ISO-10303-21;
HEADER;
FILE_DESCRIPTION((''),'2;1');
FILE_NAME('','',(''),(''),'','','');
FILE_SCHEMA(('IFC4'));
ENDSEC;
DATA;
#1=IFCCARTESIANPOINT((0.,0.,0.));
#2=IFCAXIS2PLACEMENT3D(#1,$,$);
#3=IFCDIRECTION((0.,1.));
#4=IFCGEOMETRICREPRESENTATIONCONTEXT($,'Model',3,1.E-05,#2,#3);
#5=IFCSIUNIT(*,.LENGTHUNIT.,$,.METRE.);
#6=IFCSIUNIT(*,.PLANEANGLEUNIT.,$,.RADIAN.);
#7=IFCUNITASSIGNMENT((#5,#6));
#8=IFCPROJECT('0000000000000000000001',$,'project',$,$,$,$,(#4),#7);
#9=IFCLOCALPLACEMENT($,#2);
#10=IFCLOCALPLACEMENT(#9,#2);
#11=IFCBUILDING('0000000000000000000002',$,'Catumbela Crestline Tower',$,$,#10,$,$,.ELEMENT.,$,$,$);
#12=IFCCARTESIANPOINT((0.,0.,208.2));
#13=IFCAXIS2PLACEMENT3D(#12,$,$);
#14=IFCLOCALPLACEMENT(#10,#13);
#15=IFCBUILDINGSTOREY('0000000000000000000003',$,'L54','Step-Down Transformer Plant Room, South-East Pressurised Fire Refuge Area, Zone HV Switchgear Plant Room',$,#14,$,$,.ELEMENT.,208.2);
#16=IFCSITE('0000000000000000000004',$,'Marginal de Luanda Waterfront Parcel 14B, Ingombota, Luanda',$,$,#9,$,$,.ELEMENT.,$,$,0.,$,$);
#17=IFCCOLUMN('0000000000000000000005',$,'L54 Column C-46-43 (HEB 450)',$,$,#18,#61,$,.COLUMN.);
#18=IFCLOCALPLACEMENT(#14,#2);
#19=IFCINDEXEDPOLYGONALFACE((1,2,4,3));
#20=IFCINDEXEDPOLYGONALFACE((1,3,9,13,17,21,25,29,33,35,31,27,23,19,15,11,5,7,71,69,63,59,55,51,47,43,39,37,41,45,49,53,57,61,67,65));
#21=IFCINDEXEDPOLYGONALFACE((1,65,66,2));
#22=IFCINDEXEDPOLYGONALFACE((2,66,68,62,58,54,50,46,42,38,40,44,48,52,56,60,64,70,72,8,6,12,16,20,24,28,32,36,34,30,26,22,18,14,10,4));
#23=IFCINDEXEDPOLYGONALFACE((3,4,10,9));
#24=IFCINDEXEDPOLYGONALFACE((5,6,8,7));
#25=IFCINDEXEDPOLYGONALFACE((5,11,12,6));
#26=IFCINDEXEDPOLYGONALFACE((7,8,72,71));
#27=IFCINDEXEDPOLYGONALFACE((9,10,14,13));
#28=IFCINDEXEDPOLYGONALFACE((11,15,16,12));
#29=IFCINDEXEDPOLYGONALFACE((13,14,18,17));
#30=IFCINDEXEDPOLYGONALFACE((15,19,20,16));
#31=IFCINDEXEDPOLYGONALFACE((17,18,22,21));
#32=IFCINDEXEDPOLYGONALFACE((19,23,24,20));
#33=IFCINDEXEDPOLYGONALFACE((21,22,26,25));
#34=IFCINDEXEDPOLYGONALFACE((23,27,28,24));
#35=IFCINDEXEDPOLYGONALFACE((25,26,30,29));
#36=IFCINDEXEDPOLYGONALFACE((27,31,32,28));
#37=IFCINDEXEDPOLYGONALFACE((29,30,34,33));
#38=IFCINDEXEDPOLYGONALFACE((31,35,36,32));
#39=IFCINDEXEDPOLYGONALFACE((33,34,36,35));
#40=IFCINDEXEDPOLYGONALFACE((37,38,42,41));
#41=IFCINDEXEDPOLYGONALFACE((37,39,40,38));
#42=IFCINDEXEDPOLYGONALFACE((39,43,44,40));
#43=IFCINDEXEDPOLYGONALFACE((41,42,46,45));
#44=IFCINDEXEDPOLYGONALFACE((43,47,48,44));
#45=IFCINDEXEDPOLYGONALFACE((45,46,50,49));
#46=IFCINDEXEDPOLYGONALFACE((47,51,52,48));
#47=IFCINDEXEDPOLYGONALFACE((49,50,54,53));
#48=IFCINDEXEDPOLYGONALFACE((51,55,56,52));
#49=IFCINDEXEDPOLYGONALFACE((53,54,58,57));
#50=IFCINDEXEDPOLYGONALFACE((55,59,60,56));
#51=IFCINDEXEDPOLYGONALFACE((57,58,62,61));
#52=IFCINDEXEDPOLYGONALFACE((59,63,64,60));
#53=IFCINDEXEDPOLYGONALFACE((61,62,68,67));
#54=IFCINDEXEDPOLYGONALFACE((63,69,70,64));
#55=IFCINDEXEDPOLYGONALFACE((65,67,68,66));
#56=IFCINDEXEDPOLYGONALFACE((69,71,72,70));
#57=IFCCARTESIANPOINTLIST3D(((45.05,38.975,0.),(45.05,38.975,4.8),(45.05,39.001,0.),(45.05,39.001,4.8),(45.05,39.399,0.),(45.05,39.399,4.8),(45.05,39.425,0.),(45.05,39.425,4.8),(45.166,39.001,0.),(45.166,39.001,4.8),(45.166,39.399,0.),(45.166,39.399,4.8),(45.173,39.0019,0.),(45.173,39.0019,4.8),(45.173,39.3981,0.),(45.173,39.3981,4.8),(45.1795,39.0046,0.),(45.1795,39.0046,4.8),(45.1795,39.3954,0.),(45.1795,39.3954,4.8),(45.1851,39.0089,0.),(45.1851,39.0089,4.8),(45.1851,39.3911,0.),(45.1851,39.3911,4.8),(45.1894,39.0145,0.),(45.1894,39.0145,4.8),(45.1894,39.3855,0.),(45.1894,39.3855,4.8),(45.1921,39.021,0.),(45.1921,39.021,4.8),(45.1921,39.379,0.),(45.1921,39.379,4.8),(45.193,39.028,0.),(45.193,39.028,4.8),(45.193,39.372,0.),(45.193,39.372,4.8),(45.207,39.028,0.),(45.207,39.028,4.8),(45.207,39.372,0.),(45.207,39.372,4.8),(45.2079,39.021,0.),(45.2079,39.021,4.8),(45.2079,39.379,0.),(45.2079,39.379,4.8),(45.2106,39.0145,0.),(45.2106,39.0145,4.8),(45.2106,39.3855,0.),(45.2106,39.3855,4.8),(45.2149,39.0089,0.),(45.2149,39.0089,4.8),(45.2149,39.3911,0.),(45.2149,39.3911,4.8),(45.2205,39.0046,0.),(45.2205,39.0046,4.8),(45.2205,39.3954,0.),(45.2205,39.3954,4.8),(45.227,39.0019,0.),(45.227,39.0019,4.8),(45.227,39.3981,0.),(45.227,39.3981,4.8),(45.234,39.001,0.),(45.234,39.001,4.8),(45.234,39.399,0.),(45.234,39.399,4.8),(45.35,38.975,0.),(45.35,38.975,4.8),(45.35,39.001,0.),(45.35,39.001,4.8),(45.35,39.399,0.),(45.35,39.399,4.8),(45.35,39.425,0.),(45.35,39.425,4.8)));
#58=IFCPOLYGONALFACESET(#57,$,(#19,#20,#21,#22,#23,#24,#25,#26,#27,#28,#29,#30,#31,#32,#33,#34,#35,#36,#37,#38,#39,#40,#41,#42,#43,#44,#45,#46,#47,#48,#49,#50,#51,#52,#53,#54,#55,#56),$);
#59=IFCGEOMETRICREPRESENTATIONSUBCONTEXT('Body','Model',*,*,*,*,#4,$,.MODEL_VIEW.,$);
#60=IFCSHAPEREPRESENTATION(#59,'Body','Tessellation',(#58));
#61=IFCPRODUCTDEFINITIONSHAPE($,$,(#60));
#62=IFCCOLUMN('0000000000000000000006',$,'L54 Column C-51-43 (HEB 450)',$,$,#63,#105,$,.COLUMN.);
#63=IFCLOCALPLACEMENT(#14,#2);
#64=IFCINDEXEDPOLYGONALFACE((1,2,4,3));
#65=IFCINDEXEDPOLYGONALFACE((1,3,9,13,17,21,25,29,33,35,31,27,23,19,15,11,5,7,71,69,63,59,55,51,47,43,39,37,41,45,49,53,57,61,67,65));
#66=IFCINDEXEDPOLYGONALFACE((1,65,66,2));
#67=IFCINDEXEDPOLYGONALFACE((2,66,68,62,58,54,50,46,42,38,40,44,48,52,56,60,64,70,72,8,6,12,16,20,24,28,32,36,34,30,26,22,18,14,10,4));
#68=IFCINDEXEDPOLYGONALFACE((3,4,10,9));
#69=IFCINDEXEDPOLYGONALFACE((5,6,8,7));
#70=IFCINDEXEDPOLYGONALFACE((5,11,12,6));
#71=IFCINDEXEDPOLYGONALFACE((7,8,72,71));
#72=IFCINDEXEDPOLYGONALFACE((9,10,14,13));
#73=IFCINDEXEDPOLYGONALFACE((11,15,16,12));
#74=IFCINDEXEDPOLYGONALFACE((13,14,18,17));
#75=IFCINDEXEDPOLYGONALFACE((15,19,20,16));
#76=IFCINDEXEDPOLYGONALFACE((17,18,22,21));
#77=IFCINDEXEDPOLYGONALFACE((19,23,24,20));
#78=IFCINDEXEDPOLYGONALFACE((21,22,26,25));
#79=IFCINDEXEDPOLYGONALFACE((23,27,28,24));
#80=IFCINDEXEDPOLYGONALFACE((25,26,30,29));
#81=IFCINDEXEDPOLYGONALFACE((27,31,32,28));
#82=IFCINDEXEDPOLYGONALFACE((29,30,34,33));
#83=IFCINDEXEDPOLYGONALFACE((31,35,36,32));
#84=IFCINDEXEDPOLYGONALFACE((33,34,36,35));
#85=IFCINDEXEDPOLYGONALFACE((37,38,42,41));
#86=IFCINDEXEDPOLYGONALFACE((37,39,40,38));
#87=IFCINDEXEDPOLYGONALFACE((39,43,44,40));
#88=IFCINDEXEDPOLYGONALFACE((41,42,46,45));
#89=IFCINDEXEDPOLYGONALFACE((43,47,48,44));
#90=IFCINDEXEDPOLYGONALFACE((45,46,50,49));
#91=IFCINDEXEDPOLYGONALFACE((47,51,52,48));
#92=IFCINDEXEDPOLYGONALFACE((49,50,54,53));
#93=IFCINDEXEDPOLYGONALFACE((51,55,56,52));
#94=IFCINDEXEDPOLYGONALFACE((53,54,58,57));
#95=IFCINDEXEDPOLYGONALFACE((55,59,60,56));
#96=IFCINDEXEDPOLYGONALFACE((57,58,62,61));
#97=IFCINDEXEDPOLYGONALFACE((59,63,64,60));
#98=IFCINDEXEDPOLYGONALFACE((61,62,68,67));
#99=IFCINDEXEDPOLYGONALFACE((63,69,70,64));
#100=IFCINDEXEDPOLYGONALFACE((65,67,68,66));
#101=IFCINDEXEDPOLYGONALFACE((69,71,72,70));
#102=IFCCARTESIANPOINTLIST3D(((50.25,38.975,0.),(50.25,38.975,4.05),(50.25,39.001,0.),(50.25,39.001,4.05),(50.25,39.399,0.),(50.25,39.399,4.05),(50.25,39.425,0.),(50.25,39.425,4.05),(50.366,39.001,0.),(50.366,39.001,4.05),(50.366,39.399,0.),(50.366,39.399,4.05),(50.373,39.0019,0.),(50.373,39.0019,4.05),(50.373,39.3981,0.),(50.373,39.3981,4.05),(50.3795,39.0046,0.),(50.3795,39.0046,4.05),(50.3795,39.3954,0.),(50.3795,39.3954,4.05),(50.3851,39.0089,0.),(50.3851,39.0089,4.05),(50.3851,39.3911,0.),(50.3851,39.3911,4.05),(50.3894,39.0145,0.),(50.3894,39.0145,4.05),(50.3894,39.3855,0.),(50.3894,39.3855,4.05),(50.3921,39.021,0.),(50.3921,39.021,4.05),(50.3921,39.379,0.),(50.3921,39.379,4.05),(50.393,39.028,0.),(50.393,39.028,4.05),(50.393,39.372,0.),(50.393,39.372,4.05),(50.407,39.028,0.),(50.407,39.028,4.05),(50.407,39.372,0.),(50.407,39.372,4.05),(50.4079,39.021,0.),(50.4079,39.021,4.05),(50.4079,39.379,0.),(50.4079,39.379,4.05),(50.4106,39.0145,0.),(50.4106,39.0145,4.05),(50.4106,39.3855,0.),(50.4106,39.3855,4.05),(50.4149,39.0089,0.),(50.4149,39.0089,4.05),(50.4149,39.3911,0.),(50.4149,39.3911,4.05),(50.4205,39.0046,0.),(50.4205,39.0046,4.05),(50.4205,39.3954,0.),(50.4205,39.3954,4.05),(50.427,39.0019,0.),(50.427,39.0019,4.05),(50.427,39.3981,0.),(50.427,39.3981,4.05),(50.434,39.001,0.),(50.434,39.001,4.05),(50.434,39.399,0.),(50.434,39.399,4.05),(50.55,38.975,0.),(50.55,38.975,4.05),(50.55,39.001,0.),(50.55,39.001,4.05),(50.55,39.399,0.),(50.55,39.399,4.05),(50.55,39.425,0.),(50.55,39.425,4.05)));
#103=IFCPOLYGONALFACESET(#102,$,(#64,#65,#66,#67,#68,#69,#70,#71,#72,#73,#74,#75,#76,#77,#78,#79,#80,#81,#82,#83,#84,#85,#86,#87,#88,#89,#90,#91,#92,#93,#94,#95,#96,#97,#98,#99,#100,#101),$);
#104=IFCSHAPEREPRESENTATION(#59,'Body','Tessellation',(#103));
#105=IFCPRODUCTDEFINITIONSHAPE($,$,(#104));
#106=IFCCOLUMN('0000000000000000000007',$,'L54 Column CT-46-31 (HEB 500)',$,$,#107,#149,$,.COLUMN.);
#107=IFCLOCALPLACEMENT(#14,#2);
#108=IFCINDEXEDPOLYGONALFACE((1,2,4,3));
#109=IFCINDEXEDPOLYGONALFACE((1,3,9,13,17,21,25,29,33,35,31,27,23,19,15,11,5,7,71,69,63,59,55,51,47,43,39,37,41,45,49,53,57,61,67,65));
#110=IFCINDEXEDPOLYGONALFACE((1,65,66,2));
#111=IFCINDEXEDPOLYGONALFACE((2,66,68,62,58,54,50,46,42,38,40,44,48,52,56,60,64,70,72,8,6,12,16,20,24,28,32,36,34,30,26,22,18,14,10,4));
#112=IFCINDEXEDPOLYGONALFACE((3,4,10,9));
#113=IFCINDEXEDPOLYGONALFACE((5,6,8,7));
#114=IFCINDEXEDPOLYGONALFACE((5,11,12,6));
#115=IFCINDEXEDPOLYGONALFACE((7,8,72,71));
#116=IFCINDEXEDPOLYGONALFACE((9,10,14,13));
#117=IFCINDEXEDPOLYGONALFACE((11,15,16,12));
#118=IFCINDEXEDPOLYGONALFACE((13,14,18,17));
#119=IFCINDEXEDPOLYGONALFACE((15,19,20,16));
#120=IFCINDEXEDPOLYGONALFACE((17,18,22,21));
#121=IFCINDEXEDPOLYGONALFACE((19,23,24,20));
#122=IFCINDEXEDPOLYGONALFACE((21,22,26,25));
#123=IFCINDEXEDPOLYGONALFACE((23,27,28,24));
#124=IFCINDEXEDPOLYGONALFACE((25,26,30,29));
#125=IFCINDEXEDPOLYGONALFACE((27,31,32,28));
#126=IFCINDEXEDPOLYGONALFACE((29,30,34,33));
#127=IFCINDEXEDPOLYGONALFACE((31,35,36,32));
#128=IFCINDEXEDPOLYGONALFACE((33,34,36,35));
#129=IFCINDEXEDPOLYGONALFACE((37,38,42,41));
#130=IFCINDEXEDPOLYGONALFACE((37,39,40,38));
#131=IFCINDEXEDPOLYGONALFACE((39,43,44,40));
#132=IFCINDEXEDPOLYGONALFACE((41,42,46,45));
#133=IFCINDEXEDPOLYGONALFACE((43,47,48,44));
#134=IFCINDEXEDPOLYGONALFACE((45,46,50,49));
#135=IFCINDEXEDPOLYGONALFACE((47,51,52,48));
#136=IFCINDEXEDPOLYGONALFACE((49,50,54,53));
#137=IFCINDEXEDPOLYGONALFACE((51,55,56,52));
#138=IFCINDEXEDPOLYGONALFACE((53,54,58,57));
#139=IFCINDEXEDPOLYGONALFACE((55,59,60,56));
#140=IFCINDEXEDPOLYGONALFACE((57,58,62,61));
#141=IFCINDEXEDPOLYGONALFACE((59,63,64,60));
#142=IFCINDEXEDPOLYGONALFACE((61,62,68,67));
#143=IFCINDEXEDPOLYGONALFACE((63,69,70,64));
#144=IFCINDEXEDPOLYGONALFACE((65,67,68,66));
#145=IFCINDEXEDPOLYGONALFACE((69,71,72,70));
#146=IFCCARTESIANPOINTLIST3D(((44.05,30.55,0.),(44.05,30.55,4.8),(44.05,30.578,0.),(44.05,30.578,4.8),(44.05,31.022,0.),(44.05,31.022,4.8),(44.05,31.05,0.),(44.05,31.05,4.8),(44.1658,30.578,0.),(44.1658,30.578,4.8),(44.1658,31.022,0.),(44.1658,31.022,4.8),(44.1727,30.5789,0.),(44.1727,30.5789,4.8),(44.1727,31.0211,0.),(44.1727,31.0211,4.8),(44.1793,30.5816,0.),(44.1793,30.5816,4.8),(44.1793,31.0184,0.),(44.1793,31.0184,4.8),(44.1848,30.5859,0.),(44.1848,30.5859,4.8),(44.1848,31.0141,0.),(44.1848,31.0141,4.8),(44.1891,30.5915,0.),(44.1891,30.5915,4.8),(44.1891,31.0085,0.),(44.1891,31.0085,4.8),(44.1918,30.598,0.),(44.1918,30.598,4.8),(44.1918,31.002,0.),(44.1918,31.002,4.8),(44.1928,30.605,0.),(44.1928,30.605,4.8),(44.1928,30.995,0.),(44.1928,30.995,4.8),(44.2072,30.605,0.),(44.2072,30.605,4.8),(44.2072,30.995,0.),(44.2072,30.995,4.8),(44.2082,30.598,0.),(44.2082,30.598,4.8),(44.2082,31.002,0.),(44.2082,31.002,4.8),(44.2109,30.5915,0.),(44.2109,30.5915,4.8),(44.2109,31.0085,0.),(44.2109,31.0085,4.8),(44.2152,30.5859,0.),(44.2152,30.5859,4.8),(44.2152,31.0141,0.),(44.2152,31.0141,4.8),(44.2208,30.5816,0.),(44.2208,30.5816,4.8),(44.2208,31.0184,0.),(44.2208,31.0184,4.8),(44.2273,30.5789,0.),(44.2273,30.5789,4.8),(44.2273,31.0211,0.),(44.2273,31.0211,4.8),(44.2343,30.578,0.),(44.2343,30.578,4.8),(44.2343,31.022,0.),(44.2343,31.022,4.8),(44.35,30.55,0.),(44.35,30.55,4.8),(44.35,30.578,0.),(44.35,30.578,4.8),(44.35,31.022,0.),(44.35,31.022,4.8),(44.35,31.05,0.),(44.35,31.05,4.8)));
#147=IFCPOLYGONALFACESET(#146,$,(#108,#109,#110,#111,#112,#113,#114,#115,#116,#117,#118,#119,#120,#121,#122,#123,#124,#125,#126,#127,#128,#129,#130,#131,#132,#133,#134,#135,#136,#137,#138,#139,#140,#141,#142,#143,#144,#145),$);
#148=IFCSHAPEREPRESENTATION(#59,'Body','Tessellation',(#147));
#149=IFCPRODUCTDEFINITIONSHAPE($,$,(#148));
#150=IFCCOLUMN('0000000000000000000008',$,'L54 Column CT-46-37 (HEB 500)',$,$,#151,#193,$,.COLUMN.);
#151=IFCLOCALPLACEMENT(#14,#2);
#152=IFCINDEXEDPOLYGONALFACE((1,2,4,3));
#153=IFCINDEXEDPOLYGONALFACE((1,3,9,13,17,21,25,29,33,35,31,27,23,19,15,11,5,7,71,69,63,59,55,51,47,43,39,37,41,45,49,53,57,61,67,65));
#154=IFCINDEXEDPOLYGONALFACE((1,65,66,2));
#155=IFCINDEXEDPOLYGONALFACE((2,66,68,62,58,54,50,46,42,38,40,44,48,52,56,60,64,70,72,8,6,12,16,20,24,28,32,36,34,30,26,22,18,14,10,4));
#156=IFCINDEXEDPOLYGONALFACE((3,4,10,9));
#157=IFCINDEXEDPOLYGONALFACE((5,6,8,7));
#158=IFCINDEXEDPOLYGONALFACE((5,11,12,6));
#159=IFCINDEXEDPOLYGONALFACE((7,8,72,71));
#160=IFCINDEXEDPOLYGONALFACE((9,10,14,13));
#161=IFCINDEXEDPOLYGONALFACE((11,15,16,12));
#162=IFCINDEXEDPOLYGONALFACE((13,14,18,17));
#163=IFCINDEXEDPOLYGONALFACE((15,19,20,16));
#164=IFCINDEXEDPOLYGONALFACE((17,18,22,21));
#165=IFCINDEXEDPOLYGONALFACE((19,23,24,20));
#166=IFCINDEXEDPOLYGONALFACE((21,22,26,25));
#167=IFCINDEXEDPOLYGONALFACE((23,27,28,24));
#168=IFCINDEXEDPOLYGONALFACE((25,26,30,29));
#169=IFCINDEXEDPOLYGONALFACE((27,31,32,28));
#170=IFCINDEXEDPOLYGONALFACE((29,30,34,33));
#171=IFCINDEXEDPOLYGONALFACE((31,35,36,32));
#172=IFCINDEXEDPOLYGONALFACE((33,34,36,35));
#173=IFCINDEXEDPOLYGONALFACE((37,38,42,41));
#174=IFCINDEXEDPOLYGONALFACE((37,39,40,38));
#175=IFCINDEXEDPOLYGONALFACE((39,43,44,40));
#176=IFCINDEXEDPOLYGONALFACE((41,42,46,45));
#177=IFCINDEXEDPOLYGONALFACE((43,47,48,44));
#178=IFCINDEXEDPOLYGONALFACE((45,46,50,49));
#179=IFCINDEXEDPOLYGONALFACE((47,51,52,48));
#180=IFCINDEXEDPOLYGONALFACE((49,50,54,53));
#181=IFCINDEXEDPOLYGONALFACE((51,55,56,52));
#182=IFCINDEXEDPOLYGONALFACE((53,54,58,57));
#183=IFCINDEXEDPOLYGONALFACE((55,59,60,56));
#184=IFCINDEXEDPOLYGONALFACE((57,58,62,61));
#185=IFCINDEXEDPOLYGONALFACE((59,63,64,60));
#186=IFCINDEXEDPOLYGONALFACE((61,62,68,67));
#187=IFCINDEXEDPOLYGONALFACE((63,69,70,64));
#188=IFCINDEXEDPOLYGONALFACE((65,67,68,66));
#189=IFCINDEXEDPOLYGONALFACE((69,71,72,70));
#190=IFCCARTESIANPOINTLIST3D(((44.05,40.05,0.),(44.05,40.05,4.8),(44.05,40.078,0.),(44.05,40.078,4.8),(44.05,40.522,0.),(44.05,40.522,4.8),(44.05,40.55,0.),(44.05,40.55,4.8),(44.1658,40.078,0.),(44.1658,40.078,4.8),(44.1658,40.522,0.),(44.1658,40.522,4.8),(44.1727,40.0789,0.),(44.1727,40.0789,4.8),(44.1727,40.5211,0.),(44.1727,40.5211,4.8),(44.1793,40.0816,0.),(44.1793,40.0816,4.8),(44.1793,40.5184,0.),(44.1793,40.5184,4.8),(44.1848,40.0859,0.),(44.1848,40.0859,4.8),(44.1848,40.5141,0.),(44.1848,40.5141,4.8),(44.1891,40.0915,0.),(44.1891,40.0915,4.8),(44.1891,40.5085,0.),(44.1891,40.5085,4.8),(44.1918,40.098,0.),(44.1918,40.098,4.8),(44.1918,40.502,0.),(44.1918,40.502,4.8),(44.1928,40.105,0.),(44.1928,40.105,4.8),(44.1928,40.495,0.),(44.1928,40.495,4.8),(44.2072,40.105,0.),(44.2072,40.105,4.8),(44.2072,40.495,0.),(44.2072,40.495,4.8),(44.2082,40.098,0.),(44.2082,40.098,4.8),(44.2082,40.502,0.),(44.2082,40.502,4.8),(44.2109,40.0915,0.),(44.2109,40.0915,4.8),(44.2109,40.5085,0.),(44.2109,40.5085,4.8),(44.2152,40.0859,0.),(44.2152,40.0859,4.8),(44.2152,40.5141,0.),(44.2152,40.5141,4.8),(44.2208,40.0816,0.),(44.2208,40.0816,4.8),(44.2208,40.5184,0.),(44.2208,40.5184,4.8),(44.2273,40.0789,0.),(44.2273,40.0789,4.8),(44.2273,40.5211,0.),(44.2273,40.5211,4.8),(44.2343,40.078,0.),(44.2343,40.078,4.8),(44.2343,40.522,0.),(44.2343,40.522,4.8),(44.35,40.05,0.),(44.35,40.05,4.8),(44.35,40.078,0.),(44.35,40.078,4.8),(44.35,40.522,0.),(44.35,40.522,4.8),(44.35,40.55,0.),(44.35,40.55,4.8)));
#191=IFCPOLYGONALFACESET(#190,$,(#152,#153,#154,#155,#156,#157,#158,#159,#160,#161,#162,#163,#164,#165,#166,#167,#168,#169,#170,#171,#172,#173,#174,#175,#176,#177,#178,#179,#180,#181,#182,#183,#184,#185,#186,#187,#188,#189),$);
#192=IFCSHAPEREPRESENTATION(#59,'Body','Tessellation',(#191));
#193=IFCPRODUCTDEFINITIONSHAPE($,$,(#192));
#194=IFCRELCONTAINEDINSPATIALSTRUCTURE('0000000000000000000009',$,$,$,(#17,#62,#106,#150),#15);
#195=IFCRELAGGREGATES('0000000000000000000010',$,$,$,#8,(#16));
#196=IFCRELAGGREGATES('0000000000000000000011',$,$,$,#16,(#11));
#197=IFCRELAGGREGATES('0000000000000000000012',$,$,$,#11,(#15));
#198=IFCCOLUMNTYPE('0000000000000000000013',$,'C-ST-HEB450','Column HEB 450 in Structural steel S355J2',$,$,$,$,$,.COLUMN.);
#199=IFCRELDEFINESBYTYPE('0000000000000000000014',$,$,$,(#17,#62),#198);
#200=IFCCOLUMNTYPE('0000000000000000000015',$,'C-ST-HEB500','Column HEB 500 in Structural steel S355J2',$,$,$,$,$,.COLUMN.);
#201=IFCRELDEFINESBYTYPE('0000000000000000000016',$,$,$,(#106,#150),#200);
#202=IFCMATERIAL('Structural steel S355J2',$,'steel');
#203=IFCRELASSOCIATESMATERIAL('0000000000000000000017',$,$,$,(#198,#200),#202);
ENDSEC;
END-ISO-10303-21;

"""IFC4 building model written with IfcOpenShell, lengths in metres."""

from ifc_helpers import new_model, si_unit, direction, frame, origin, origin_2d, place, context, subcontext, project, spatial, i_section, extrude, material, material_profile, profile_set, type_object, element, save


model = new_model("IFC4")

# Units and contexts
model_context = context("Model", 3, precision=1e-05, world=origin(), true_north=direction((0.0, 1.0)))
body_context = subcontext(model_context, "Body", "Model", "MODEL_VIEW")
ifc_project = project(units=[si_unit("LENGTHUNIT", "METRE"), si_unit("PLANEANGLEUNIT", "RADIAN")], contexts=[model_context])

# Site, building, storey
site_placement = place(None, origin())
site = spatial("IfcSite", under=ifc_project, at=site_placement, Name="Marginal de Luanda Waterfront Parcel 14B, Ingombota, Luanda", CompositionType="ELEMENT", RefElevation=0.0)
building_placement = place(site_placement, origin())
building = spatial("IfcBuilding", under=site, at=building_placement, Name="Catumbela Crestline Tower", CompositionType="ELEMENT")
storey_placement = place(building_placement, frame((0.0, 0.0, 208.2)))
storey = spatial("IfcBuildingStorey", under=building, at=storey_placement, Name="L54", Description="Step-Down Transformer Plant Room, South-East Pressurised Fire Refuge Area, Zone HV Switchgear Plant Room", CompositionType="ELEMENT", Elevation=208.2)

# Columns
ifc_material_1 = material(Name="Structural steel S355J2", Category="steel")
ifc_material_profile_1 = material_profile(ifc_material_1, i_section(OverallWidth=0.3, OverallDepth=0.45, WebThickness=0.014, FlangeThickness=0.026, FilletRadius=0.027, at=origin_2d()), Name="HEB 450")
ifc_profile_set_1 = profile_set([ifc_material_profile_1], Name="Structural steel S355J2")
column_type_1 = type_object("IfcColumnType", Name="C-ST-HEB450", Description="Column HEB 450 in Structural steel S355J2", PredefinedType="COLUMN", material=ifc_profile_set_1)
column_1_placement = place(storey_placement, frame((45.2, 39.2, 0.0), z_axis=(0.0, 0.0, 1.0), x_axis=(1.0, 0.0, 0.0)))
element("IfcColumn", 1, at=column_1_placement, inside=storey, type_object=column_type_1, Name="L54 Column C-46-43 (HEB 450)", PredefinedType="COLUMN", context=body_context, shape_type="SweptSolid", body=[
    extrude(i_section(OverallWidth=0.3, OverallDepth=0.45, WebThickness=0.014, FlangeThickness=0.026, FilletRadius=0.027, at=origin_2d()), origin(), (0.0, 0.0, 1.0), 4.8),
])
column_2_placement = place(storey_placement, frame((50.4, 39.2, 0.0), z_axis=(0.0, 0.0, 1.0), x_axis=(1.0, 0.0, 0.0)))
element("IfcColumn", 2, at=column_2_placement, inside=storey, type_object=column_type_1, Name="L54 Column C-51-43 (HEB 450)", PredefinedType="COLUMN", context=body_context, shape_type="SweptSolid", body=[
    extrude(i_section(OverallWidth=0.3, OverallDepth=0.45, WebThickness=0.014, FlangeThickness=0.026, FilletRadius=0.027, at=origin_2d()), origin(), (0.0, 0.0, 1.0), 4.05),
])
ifc_material_profile_2 = material_profile(ifc_material_1, i_section(OverallWidth=0.3, OverallDepth=0.5, WebThickness=0.0145, FlangeThickness=0.028, FilletRadius=0.027, at=origin_2d()), Name="HEB 500")
ifc_profile_set_2 = profile_set([ifc_material_profile_2], Name="Structural steel S355J2")
column_type_2 = type_object("IfcColumnType", Name="C-ST-HEB500", Description="Column HEB 500 in Structural steel S355J2", PredefinedType="COLUMN", material=ifc_profile_set_2)
for number, where, z_axis, x_axis, name in (
    (3, (44.2, 30.8, 0.0), (0.0, 0.0, 1.0), (1.0, 0.0, 0.0), "L54 Column CT-46-31 (HEB 500)"),
    (4, (44.2, 40.3, 0.0), (0.0, 0.0, 1.0), (1.0, 0.0, 0.0), "L54 Column CT-46-37 (HEB 500)"),
):
    element("IfcColumn", number, at=place(storey_placement, frame(where, z_axis=z_axis, x_axis=x_axis)), inside=storey, type_object=column_type_2, Name=name, PredefinedType="COLUMN", context=body_context, shape_type="SweptSolid", body=[
        extrude(i_section(OverallWidth=0.3, OverallDepth=0.5, WebThickness=0.0145, FlangeThickness=0.028, FilletRadius=0.027, at=origin_2d()), origin(), (0.0, 0.0, 1.0), 4.8),
    ])

save(model, "model.ifc")
